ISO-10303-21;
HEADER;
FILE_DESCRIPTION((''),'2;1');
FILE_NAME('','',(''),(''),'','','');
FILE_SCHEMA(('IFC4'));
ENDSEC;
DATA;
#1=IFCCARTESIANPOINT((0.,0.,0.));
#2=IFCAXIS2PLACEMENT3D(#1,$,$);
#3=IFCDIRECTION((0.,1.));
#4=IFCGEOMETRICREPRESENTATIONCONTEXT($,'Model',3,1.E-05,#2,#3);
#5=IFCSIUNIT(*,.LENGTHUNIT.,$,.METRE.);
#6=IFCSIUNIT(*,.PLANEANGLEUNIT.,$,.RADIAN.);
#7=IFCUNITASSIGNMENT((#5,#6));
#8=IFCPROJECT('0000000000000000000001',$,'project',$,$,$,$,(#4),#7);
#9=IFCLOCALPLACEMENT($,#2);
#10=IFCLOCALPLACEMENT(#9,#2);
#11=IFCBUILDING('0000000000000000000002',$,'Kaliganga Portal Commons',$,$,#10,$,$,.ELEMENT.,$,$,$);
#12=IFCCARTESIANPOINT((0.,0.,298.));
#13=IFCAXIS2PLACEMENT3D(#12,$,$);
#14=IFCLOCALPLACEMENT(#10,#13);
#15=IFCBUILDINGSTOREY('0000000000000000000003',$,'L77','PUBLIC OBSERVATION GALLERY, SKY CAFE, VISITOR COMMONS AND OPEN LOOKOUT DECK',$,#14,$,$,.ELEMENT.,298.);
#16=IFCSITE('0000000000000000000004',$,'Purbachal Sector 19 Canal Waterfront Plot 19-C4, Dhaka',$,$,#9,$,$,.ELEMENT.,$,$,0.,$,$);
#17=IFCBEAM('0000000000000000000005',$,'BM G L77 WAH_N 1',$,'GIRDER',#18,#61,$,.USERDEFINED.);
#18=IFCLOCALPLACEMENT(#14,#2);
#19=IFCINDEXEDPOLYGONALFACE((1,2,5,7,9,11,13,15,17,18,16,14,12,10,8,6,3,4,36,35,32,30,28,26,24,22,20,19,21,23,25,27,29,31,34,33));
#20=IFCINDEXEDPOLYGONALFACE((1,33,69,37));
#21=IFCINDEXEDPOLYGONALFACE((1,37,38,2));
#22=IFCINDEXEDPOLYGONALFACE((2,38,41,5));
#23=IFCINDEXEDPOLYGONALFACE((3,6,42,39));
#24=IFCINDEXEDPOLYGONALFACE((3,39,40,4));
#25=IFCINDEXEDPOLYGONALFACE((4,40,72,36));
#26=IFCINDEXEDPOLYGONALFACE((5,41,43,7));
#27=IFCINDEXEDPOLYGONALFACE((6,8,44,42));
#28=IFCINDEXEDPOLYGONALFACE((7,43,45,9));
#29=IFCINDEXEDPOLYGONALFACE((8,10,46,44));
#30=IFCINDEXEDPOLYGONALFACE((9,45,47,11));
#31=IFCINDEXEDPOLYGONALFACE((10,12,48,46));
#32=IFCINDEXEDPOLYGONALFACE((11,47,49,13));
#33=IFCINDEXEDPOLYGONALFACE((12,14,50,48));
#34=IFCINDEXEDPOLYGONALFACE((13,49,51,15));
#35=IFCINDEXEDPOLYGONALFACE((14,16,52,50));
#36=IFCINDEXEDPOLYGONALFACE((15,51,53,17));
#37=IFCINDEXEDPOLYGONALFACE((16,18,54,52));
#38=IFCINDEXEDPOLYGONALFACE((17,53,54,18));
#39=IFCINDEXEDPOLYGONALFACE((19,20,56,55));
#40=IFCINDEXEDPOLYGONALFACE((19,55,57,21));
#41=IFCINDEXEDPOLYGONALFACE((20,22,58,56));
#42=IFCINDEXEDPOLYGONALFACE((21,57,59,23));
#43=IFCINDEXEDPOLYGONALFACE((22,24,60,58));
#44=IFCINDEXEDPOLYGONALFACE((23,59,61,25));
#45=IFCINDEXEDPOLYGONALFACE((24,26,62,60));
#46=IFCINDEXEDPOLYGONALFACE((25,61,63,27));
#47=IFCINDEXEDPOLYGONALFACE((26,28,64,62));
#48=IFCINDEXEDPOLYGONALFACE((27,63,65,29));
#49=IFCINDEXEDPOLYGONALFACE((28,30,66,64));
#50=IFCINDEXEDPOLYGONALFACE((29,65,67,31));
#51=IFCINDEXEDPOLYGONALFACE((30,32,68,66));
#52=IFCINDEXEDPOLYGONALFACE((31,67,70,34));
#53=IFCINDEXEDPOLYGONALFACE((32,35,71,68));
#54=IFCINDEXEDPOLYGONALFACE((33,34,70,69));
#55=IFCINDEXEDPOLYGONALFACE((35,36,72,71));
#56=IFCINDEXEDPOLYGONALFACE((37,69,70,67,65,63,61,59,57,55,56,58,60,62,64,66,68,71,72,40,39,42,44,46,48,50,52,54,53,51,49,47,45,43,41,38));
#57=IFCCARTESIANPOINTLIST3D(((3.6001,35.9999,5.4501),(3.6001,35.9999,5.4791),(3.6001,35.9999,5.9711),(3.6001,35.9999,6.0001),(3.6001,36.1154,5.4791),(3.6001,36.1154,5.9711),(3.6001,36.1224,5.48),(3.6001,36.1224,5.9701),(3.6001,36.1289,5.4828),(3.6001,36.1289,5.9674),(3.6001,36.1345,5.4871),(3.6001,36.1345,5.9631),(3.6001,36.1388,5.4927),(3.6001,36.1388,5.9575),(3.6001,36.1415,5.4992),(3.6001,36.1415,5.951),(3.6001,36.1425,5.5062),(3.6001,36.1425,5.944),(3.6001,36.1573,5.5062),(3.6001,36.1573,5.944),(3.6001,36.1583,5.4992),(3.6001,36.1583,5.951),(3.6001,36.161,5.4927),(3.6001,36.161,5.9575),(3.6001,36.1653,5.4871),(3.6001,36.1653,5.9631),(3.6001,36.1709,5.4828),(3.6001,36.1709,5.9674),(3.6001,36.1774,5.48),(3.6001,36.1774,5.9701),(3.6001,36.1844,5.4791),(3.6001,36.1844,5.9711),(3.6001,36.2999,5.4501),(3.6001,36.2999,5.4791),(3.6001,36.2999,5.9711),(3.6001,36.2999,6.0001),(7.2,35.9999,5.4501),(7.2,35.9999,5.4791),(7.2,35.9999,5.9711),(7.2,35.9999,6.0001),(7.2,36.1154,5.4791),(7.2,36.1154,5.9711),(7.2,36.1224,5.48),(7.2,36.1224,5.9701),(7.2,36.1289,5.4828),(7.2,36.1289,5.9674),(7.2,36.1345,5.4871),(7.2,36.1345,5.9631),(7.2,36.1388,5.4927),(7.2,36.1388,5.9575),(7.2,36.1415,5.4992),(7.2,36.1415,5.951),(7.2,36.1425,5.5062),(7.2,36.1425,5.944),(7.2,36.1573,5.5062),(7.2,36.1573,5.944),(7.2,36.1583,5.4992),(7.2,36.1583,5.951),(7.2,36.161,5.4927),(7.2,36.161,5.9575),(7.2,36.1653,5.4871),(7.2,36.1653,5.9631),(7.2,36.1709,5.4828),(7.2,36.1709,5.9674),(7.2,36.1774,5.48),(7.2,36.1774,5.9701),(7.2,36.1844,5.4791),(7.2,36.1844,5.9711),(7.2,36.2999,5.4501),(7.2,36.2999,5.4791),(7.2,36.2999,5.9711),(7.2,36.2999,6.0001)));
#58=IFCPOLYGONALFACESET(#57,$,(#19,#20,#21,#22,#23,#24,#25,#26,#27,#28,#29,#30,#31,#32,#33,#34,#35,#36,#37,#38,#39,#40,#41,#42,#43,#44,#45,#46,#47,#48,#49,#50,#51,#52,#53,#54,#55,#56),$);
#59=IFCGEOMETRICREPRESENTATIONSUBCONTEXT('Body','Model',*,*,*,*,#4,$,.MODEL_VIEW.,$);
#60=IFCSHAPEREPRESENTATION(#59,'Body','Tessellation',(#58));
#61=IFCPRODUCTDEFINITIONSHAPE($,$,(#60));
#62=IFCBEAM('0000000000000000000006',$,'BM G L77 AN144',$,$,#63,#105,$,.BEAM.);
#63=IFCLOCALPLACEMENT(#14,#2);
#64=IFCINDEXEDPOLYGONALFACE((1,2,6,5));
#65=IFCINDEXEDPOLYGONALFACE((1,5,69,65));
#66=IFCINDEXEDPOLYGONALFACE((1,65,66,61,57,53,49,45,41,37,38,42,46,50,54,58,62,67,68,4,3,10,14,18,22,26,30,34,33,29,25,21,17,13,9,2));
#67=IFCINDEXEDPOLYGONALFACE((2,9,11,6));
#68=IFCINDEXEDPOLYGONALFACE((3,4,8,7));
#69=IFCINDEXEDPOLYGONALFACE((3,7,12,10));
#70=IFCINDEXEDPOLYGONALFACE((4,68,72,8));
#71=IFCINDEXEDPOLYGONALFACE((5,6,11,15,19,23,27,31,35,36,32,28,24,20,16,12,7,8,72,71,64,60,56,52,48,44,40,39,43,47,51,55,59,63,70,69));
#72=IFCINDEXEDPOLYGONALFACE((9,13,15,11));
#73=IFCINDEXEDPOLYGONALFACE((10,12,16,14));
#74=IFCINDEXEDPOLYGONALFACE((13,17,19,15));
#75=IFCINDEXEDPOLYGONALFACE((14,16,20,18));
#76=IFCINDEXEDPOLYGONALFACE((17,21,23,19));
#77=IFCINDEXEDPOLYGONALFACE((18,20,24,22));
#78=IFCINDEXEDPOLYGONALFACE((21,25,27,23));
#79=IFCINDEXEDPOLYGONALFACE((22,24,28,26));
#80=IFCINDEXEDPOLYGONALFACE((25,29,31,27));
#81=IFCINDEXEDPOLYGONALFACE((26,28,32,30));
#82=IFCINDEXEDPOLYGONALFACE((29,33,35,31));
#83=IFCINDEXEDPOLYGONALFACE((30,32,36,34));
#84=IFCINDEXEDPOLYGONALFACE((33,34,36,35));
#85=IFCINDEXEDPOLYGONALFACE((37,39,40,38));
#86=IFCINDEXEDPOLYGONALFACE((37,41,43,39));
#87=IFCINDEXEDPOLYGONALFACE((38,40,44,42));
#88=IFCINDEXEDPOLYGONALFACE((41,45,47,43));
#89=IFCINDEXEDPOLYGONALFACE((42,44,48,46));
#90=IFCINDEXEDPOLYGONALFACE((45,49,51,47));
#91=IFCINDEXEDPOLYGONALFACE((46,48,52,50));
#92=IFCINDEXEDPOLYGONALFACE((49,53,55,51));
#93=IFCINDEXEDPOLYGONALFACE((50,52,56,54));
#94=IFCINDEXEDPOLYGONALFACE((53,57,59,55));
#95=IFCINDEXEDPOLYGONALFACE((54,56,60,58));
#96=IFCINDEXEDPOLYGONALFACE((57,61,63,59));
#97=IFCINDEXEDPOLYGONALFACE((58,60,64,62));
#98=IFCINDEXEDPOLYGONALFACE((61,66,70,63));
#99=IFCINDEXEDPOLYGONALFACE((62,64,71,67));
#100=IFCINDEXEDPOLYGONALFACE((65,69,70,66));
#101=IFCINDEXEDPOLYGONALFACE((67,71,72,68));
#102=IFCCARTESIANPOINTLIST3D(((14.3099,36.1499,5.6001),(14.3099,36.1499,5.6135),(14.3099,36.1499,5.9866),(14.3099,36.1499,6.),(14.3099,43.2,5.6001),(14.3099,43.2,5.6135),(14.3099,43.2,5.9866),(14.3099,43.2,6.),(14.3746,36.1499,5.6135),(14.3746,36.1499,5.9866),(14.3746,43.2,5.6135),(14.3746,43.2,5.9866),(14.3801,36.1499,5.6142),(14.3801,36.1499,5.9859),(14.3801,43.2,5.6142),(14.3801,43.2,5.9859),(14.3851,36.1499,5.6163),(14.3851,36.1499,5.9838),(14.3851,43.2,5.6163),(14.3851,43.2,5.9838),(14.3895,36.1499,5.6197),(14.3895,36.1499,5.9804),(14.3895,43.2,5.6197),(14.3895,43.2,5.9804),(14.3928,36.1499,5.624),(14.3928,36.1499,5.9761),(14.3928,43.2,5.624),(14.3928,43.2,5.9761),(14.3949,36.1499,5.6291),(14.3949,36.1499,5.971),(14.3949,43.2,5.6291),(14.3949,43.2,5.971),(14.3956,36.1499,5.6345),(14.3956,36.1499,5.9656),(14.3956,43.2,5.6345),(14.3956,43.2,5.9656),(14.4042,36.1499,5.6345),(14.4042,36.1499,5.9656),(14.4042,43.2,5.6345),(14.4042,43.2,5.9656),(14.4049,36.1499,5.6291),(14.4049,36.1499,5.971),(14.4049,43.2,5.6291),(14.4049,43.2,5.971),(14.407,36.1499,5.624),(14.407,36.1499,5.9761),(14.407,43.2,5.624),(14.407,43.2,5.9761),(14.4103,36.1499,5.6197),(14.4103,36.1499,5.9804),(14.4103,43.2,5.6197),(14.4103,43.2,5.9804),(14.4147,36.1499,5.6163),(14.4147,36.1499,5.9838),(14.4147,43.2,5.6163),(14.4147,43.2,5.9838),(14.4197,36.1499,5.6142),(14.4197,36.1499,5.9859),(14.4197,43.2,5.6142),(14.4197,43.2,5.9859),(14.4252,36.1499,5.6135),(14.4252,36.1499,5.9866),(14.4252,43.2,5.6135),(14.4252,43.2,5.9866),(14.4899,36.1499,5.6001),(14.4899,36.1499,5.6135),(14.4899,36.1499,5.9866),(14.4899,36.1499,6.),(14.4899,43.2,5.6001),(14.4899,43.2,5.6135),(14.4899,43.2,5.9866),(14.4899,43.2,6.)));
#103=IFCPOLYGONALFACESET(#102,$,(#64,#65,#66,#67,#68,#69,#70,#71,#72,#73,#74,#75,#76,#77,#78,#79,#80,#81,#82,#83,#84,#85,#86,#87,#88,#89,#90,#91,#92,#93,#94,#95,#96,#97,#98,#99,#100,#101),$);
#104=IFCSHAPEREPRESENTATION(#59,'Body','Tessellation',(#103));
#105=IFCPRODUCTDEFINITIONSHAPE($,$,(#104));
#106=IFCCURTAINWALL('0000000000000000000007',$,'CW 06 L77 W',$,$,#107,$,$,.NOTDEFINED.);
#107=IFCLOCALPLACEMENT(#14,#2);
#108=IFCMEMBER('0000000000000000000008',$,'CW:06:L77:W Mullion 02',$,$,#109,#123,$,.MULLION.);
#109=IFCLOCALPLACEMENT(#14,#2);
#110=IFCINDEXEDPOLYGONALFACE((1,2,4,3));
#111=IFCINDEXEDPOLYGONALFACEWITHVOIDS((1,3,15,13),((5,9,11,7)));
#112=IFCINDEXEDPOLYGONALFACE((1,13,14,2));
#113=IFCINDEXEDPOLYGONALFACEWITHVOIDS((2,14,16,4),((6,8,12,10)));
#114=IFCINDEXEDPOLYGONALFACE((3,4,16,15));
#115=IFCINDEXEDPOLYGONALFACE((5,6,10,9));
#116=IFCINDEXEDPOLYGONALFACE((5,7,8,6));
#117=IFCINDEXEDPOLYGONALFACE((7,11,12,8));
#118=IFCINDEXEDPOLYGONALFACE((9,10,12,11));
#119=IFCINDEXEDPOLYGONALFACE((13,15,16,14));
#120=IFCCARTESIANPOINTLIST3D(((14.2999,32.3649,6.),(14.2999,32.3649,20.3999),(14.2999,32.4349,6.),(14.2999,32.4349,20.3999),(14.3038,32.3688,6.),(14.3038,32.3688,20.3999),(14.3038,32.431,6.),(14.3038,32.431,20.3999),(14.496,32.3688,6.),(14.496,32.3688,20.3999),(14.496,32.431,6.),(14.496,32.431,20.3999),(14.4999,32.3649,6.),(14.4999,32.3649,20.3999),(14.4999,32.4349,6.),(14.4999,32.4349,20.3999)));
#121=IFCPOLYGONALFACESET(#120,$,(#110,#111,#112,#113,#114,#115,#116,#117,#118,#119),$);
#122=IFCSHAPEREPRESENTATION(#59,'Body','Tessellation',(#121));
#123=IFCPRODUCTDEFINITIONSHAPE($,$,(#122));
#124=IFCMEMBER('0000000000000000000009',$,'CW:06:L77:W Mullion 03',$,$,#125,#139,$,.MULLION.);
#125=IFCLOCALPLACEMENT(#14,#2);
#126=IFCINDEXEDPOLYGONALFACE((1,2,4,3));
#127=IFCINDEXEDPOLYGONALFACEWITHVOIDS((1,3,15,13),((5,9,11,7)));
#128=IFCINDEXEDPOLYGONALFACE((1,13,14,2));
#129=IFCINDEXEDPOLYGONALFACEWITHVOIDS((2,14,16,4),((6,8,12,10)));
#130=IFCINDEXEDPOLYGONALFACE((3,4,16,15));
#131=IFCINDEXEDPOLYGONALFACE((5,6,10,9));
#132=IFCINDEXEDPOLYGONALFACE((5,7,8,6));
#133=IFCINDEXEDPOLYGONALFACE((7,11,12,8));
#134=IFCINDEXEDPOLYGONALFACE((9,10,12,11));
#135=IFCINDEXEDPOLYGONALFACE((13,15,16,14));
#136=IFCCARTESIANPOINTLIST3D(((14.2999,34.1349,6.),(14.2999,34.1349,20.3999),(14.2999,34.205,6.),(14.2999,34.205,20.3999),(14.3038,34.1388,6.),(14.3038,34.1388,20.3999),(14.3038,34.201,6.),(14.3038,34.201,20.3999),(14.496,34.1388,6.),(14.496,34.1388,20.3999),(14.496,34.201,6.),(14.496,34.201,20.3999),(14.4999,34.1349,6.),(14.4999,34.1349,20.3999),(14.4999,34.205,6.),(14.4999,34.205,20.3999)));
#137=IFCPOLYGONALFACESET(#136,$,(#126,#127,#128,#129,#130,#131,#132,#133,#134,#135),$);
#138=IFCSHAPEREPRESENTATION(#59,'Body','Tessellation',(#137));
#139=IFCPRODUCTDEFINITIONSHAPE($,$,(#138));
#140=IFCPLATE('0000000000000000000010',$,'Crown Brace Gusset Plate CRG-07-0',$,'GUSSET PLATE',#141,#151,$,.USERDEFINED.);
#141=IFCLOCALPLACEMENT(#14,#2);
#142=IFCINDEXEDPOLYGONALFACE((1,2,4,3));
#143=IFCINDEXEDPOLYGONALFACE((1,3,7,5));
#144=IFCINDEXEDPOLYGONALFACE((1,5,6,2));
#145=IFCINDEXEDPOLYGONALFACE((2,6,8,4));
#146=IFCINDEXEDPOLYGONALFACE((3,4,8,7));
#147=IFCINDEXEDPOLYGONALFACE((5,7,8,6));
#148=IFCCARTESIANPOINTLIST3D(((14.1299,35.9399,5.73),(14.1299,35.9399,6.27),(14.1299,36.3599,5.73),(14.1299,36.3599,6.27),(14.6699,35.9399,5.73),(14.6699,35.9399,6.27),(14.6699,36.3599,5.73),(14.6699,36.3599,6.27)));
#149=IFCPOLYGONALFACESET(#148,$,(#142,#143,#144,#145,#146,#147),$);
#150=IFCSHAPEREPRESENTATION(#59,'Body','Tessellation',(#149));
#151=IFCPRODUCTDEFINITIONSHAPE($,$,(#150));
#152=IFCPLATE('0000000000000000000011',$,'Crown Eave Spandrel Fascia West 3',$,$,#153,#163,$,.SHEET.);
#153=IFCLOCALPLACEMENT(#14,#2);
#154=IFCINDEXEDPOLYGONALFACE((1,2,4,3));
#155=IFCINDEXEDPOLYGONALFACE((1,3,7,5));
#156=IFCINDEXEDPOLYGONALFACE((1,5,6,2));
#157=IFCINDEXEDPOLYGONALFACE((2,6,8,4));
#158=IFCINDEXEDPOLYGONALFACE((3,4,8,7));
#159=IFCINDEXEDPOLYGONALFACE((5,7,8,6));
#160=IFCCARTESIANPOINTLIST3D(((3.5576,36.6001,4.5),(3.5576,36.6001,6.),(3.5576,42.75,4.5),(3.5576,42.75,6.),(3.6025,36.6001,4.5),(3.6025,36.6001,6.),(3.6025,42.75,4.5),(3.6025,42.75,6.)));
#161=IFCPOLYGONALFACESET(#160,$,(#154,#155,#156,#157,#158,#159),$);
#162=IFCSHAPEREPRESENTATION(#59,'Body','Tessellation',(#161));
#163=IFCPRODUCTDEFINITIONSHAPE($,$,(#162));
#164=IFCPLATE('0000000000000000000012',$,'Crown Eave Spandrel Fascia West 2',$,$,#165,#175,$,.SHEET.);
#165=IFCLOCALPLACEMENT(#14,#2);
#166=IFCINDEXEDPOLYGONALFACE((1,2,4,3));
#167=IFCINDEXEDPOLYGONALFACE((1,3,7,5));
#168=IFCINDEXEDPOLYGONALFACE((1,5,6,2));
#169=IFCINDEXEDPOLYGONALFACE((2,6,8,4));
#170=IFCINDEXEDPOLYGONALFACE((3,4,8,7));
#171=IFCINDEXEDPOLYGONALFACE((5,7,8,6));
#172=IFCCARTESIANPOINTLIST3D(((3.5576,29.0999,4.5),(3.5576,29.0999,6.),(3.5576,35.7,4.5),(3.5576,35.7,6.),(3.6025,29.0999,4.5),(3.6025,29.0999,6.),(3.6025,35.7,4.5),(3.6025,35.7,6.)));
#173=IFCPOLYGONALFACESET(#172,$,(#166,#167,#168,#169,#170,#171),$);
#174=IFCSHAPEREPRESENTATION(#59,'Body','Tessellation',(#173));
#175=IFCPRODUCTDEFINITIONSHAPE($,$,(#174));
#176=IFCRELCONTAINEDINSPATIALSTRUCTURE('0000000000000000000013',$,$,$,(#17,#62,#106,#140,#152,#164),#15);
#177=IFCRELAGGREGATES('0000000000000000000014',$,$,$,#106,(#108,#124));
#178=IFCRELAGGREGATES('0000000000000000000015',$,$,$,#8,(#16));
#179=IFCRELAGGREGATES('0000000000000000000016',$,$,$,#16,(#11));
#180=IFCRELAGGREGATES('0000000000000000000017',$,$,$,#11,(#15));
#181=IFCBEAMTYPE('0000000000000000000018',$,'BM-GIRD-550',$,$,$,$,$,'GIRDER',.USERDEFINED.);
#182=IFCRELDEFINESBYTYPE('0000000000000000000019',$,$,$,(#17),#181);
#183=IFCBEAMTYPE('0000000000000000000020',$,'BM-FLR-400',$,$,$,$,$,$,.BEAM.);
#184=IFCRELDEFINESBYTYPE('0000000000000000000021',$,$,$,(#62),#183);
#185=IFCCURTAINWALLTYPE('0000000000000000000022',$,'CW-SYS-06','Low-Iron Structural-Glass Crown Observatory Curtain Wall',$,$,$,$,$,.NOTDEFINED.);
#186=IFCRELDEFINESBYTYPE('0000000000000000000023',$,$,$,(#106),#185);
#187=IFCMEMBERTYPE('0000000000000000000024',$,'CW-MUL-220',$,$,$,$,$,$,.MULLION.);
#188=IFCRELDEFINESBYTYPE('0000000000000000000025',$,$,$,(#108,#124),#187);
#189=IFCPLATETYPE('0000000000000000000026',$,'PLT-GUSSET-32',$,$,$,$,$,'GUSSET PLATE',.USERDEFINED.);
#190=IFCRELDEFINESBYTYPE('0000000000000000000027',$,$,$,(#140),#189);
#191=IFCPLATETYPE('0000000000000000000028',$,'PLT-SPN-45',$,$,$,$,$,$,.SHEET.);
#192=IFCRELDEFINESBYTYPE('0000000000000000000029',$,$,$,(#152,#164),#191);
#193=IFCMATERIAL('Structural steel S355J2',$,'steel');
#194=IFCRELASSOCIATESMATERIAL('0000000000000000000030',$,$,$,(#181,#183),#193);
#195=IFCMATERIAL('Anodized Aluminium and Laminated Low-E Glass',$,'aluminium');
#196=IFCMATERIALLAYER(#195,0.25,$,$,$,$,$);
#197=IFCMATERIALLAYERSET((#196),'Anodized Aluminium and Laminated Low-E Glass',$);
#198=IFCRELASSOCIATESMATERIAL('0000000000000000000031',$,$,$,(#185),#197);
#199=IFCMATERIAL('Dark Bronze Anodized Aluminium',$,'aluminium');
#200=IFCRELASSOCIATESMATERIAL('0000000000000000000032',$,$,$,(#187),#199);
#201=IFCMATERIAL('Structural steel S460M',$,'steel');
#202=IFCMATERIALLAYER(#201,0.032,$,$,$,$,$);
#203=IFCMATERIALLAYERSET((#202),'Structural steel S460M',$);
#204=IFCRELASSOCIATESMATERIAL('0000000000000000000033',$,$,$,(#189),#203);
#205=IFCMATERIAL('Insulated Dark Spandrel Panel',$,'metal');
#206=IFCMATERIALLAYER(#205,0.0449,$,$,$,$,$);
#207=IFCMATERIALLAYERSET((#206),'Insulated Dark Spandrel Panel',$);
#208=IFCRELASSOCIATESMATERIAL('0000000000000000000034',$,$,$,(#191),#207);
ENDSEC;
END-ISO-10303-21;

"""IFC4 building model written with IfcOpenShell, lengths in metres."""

from ifc_helpers import new_model, si_unit, direction, frame, origin, origin_2d, place, context, subcontext, project, spatial, rectangle, hollow_rectangle, i_section, extrude, source, transform, mapped, material, layer, layer_set, material_profile, profile_set, type_object, element, aggregate, save


model = new_model("IFC4")

# Units and contexts
model_context = context("Model", 3, precision=1e-05, world=origin(), true_north=direction((0.0, 1.0)))
body_context = subcontext(model_context, "Body", "Model", "MODEL_VIEW")
ifc_project = project(units=[si_unit("LENGTHUNIT", "METRE"), si_unit("PLANEANGLEUNIT", "RADIAN")], contexts=[model_context])

# Site, building, storey
site_placement = place(None, origin())
site = spatial("IfcSite", under=ifc_project, at=site_placement, Name="Purbachal Sector 19 Canal Waterfront Plot 19-C4, Dhaka", CompositionType="ELEMENT", RefElevation=0.0)
building_placement = place(site_placement, origin())
building = spatial("IfcBuilding", under=site, at=building_placement, Name="Kaliganga Portal Commons", CompositionType="ELEMENT")
storey_placement = place(building_placement, frame((0.0, 0.0, 298.0)))
storey = spatial("IfcBuildingStorey", under=building, at=storey_placement, Name="L77", Description="PUBLIC OBSERVATION GALLERY, SKY CAFE, VISITOR COMMONS AND OPEN LOOKOUT DECK", CompositionType="ELEMENT", Elevation=298.0)

# Shared definitions
ifc_material_1 = material(Name="Structural steel S460M", Category="steel")

# Beams
ifc_material_2 = material(Name="Structural steel S355J2", Category="steel")
ifc_material_profile_1 = material_profile(ifc_material_2, i_section(OverallWidth=0.3, OverallDepth=0.55, WebThickness=0.0149, FlangeThickness=0.0291, FilletRadius=0.0271, at=origin_2d()), Name="HE 550 B")
ifc_profile_set_1 = profile_set([ifc_material_profile_1], Name="Structural steel S355J2 wide-flange")
beam_type_1 = type_object("IfcBeamType", Name="BM-GIRD-550", ElementType="GIRDER", PredefinedType="USERDEFINED", material=ifc_profile_set_1)
shared_shape_1 = source(origin(), body_context, "Body", "SweptSolid", [
    extrude(i_section(OverallWidth=0.3, OverallDepth=0.55, WebThickness=0.0149, FlangeThickness=0.0291, FilletRadius=0.0271, at=origin_2d()), origin(), (0.0, 0.0, 1.0), 3.5999),
])
beam_1_placement = place(storey_placement, frame((3.6001, 36.1499, 5.7251), z_axis=(1.0, 0.0, 0.0), x_axis=(0.0, 1.0, 0.0)))
element("IfcBeam", 1, at=beam_1_placement, inside=storey, type_object=beam_type_1, Name="BM G L77 WAH_N 1", ObjectType="GIRDER", PredefinedType="USERDEFINED", context=body_context, shape_type="MappedRepresentation", body=[
    mapped(shared_shape_1, transform((0.0, 0.0, 0.0), x_axis=(1.0, 0.0, 0.0), y_axis=(0.0, 1.0, 0.0), z_axis=(0.0, 0.0, 1.0), scale=1.0)),
])
ifc_material_profile_2 = material_profile(ifc_material_2, i_section(OverallWidth=0.1799, OverallDepth=0.3999, WebThickness=0.0085, FlangeThickness=0.0134, FilletRadius=0.021, at=origin_2d()), Name="IPE 400")
ifc_profile_set_2 = profile_set([ifc_material_profile_2], Name="Structural steel S355J2 wide-flange")
beam_type_2 = type_object("IfcBeamType", Name="BM-FLR-400", PredefinedType="BEAM", material=ifc_profile_set_2)
shared_shape_2 = source(origin(), body_context, "Body", "SweptSolid", [
    extrude(i_section(OverallWidth=0.1799, OverallDepth=0.3999, WebThickness=0.0085, FlangeThickness=0.0134, FilletRadius=0.021, at=origin_2d()), origin(), (0.0, 0.0, 1.0), 7.05),
])
beam_2_placement = place(storey_placement, frame((14.3999, 36.1499, 5.8), z_axis=(0.0, 1.0, 0.0), x_axis=(-1.0, 0.0, 0.0)))
element("IfcBeam", 2, at=beam_2_placement, inside=storey, type_object=beam_type_2, Name="BM G L77 AN144", PredefinedType="BEAM", context=body_context, shape_type="MappedRepresentation", body=[
    mapped(shared_shape_2, transform((0.0, 0.0, 0.0), x_axis=(1.0, 0.0, 0.0), y_axis=(0.0, 1.0, 0.0), z_axis=(0.0, 0.0, 1.0), scale=1.0)),
])

# Curtain wall, members
ifc_material_3 = material(Name="Anodized Aluminium and Laminated Low-E Glass", Category="aluminium")
ifc_layer_1 = layer(ifc_material_3, 0.25)
ifc_layer_set_1 = layer_set([ifc_layer_1], Name="Anodized Aluminium and Laminated Low-E Glass")
curtain_wall_type = type_object("IfcCurtainWallType", Name="CW-SYS-06", Description="Low-Iron Structural-Glass Crown Observatory Curtain Wall", PredefinedType="NOTDEFINED", material=ifc_layer_set_1)
curtain_wall_placement = place(storey_placement, origin())
curtain_wall = element("IfcCurtainWall", 3, at=curtain_wall_placement, inside=storey, type_object=curtain_wall_type, Name="CW 06 L77 W", PredefinedType="NOTDEFINED")
ifc_material_4 = material(Name="Dark Bronze Anodized Aluminium", Category="aluminium")
ifc_material_profile_3 = material_profile(ifc_material_4, hollow_rectangle(XDim=0.0701, YDim=0.2, WallThickness=0.0039, at=origin_2d()), Name="ALU MULL 70x200x4")
ifc_profile_set_3 = profile_set([ifc_material_profile_3], Name="Dark Bronze Anodized Aluminium")
member_type = type_object("IfcMemberType", Name="CW-MUL-220", PredefinedType="MULLION", material=ifc_profile_set_3)
shared_shape_3 = source(origin(), body_context, "Body", "SweptSolid", [
    extrude(hollow_rectangle(XDim=0.0701, YDim=0.2, WallThickness=0.0039, at=origin_2d()), origin(), (0.0, 0.0, 1.0), 14.3999),
])
member_1_placement = place(storey_placement, frame((14.3999, 32.3999, 6.0), z_axis=(0.0, 0.0, 1.0), x_axis=(0.0, 1.0, 0.0)))
member_1 = element("IfcMember", 4, at=member_1_placement, type_object=member_type, Name="CW:06:L77:W Mullion 02", PredefinedType="MULLION", context=body_context, shape_type="MappedRepresentation", body=[
    mapped(shared_shape_3, transform((0.0, 0.0, 0.0), x_axis=(1.0, 0.0, 0.0), y_axis=(0.0, 1.0, 0.0), z_axis=(0.0, 0.0, 1.0), scale=1.0)),
])
member_2_placement = place(storey_placement, frame((14.3999, 34.1699, 6.0), z_axis=(0.0, 0.0, 1.0), x_axis=(0.0, 1.0, 0.0)))
member_2 = element("IfcMember", 5, at=member_2_placement, type_object=member_type, Name="CW:06:L77:W Mullion 03", PredefinedType="MULLION", context=body_context, shape_type="MappedRepresentation", body=[
    mapped(shared_shape_3, transform((0.0, 0.0, 0.0), x_axis=(1.0, 0.0, 0.0), y_axis=(0.0, 1.0, 0.0), z_axis=(0.0, 0.0, 1.0), scale=1.0)),
])
aggregate(curtain_wall, [member_1, member_2])

# Plates
ifc_layer_2 = layer(ifc_material_1, 0.032)
ifc_layer_set_2 = layer_set([ifc_layer_2], Name="Structural steel S460M")
plate_type_1 = type_object("IfcPlateType", Name="PLT-GUSSET-32", ElementType="GUSSET PLATE", PredefinedType="USERDEFINED", material=ifc_layer_set_2)
shared_shape_4 = source(origin(), body_context, "Body", "SweptSolid", [
    extrude(rectangle(XDim=0.54, YDim=0.4199, at=origin_2d()), origin(), (0.0, 0.0, 1.0), 0.54),
])
plate_1_placement = place(storey_placement, frame((14.3999, 36.1499, 5.73), z_axis=(0.0, 0.0, 1.0), x_axis=(1.0, 0.0, 0.0)))
element("IfcPlate", 6, at=plate_1_placement, inside=storey, type_object=plate_type_1, Name="Crown Brace Gusset Plate CRG-07-0", ObjectType="GUSSET PLATE", PredefinedType="USERDEFINED", context=body_context, shape_type="MappedRepresentation", body=[
    mapped(shared_shape_4, transform((0.0, 0.0, 0.0), x_axis=(1.0, 0.0, 0.0), y_axis=(0.0, 1.0, 0.0), z_axis=(0.0, 0.0, 1.0), scale=1.0)),
])
ifc_material_5 = material(Name="Insulated Dark Spandrel Panel", Category="metal")
ifc_layer_3 = layer(ifc_material_5, 0.0449)
ifc_layer_set_3 = layer_set([ifc_layer_3], Name="Insulated Dark Spandrel Panel")
plate_type_2 = type_object("IfcPlateType", Name="PLT-SPN-45", PredefinedType="SHEET", material=ifc_layer_set_3)
shared_shape_5 = source(origin(), body_context, "Body", "SweptSolid", [
    extrude(rectangle(XDim=6.1499, YDim=0.0449, at=origin_2d()), origin(), (0.0, 0.0, 1.0), 1.5),
])
plate_2_placement = place(storey_placement, frame((3.5801, 39.675, 4.5), z_axis=(0.0, 0.0, 1.0), x_axis=(0.0, 1.0, 0.0)))
element("IfcPlate", 7, at=plate_2_placement, inside=storey, type_object=plate_type_2, Name="Crown Eave Spandrel Fascia West 3", PredefinedType="SHEET", context=body_context, shape_type="MappedRepresentation", body=[
    mapped(shared_shape_5, transform((0.0, 0.0, 0.0), x_axis=(1.0, 0.0, 0.0), y_axis=(0.0, 1.0, 0.0), z_axis=(0.0, 0.0, 1.0), scale=1.0)),
])
shared_shape_6 = source(origin(), body_context, "Body", "SweptSolid", [
    extrude(rectangle(XDim=6.6001, YDim=0.0449, at=origin_2d()), origin(), (0.0, 0.0, 1.0), 1.5),
])
plate_3_placement = place(storey_placement, frame((3.5801, 32.3999, 4.5), z_axis=(0.0, 0.0, 1.0), x_axis=(0.0, 1.0, 0.0)))
element("IfcPlate", 8, at=plate_3_placement, inside=storey, type_object=plate_type_2, Name="Crown Eave Spandrel Fascia West 2", PredefinedType="SHEET", context=body_context, shape_type="MappedRepresentation", body=[
    mapped(shared_shape_6, transform((0.0, 0.0, 0.0), x_axis=(1.0, 0.0, 0.0), y_axis=(0.0, 1.0, 0.0), z_axis=(0.0, 0.0, 1.0), scale=1.0)),
])

save(model, "model.ifc")
